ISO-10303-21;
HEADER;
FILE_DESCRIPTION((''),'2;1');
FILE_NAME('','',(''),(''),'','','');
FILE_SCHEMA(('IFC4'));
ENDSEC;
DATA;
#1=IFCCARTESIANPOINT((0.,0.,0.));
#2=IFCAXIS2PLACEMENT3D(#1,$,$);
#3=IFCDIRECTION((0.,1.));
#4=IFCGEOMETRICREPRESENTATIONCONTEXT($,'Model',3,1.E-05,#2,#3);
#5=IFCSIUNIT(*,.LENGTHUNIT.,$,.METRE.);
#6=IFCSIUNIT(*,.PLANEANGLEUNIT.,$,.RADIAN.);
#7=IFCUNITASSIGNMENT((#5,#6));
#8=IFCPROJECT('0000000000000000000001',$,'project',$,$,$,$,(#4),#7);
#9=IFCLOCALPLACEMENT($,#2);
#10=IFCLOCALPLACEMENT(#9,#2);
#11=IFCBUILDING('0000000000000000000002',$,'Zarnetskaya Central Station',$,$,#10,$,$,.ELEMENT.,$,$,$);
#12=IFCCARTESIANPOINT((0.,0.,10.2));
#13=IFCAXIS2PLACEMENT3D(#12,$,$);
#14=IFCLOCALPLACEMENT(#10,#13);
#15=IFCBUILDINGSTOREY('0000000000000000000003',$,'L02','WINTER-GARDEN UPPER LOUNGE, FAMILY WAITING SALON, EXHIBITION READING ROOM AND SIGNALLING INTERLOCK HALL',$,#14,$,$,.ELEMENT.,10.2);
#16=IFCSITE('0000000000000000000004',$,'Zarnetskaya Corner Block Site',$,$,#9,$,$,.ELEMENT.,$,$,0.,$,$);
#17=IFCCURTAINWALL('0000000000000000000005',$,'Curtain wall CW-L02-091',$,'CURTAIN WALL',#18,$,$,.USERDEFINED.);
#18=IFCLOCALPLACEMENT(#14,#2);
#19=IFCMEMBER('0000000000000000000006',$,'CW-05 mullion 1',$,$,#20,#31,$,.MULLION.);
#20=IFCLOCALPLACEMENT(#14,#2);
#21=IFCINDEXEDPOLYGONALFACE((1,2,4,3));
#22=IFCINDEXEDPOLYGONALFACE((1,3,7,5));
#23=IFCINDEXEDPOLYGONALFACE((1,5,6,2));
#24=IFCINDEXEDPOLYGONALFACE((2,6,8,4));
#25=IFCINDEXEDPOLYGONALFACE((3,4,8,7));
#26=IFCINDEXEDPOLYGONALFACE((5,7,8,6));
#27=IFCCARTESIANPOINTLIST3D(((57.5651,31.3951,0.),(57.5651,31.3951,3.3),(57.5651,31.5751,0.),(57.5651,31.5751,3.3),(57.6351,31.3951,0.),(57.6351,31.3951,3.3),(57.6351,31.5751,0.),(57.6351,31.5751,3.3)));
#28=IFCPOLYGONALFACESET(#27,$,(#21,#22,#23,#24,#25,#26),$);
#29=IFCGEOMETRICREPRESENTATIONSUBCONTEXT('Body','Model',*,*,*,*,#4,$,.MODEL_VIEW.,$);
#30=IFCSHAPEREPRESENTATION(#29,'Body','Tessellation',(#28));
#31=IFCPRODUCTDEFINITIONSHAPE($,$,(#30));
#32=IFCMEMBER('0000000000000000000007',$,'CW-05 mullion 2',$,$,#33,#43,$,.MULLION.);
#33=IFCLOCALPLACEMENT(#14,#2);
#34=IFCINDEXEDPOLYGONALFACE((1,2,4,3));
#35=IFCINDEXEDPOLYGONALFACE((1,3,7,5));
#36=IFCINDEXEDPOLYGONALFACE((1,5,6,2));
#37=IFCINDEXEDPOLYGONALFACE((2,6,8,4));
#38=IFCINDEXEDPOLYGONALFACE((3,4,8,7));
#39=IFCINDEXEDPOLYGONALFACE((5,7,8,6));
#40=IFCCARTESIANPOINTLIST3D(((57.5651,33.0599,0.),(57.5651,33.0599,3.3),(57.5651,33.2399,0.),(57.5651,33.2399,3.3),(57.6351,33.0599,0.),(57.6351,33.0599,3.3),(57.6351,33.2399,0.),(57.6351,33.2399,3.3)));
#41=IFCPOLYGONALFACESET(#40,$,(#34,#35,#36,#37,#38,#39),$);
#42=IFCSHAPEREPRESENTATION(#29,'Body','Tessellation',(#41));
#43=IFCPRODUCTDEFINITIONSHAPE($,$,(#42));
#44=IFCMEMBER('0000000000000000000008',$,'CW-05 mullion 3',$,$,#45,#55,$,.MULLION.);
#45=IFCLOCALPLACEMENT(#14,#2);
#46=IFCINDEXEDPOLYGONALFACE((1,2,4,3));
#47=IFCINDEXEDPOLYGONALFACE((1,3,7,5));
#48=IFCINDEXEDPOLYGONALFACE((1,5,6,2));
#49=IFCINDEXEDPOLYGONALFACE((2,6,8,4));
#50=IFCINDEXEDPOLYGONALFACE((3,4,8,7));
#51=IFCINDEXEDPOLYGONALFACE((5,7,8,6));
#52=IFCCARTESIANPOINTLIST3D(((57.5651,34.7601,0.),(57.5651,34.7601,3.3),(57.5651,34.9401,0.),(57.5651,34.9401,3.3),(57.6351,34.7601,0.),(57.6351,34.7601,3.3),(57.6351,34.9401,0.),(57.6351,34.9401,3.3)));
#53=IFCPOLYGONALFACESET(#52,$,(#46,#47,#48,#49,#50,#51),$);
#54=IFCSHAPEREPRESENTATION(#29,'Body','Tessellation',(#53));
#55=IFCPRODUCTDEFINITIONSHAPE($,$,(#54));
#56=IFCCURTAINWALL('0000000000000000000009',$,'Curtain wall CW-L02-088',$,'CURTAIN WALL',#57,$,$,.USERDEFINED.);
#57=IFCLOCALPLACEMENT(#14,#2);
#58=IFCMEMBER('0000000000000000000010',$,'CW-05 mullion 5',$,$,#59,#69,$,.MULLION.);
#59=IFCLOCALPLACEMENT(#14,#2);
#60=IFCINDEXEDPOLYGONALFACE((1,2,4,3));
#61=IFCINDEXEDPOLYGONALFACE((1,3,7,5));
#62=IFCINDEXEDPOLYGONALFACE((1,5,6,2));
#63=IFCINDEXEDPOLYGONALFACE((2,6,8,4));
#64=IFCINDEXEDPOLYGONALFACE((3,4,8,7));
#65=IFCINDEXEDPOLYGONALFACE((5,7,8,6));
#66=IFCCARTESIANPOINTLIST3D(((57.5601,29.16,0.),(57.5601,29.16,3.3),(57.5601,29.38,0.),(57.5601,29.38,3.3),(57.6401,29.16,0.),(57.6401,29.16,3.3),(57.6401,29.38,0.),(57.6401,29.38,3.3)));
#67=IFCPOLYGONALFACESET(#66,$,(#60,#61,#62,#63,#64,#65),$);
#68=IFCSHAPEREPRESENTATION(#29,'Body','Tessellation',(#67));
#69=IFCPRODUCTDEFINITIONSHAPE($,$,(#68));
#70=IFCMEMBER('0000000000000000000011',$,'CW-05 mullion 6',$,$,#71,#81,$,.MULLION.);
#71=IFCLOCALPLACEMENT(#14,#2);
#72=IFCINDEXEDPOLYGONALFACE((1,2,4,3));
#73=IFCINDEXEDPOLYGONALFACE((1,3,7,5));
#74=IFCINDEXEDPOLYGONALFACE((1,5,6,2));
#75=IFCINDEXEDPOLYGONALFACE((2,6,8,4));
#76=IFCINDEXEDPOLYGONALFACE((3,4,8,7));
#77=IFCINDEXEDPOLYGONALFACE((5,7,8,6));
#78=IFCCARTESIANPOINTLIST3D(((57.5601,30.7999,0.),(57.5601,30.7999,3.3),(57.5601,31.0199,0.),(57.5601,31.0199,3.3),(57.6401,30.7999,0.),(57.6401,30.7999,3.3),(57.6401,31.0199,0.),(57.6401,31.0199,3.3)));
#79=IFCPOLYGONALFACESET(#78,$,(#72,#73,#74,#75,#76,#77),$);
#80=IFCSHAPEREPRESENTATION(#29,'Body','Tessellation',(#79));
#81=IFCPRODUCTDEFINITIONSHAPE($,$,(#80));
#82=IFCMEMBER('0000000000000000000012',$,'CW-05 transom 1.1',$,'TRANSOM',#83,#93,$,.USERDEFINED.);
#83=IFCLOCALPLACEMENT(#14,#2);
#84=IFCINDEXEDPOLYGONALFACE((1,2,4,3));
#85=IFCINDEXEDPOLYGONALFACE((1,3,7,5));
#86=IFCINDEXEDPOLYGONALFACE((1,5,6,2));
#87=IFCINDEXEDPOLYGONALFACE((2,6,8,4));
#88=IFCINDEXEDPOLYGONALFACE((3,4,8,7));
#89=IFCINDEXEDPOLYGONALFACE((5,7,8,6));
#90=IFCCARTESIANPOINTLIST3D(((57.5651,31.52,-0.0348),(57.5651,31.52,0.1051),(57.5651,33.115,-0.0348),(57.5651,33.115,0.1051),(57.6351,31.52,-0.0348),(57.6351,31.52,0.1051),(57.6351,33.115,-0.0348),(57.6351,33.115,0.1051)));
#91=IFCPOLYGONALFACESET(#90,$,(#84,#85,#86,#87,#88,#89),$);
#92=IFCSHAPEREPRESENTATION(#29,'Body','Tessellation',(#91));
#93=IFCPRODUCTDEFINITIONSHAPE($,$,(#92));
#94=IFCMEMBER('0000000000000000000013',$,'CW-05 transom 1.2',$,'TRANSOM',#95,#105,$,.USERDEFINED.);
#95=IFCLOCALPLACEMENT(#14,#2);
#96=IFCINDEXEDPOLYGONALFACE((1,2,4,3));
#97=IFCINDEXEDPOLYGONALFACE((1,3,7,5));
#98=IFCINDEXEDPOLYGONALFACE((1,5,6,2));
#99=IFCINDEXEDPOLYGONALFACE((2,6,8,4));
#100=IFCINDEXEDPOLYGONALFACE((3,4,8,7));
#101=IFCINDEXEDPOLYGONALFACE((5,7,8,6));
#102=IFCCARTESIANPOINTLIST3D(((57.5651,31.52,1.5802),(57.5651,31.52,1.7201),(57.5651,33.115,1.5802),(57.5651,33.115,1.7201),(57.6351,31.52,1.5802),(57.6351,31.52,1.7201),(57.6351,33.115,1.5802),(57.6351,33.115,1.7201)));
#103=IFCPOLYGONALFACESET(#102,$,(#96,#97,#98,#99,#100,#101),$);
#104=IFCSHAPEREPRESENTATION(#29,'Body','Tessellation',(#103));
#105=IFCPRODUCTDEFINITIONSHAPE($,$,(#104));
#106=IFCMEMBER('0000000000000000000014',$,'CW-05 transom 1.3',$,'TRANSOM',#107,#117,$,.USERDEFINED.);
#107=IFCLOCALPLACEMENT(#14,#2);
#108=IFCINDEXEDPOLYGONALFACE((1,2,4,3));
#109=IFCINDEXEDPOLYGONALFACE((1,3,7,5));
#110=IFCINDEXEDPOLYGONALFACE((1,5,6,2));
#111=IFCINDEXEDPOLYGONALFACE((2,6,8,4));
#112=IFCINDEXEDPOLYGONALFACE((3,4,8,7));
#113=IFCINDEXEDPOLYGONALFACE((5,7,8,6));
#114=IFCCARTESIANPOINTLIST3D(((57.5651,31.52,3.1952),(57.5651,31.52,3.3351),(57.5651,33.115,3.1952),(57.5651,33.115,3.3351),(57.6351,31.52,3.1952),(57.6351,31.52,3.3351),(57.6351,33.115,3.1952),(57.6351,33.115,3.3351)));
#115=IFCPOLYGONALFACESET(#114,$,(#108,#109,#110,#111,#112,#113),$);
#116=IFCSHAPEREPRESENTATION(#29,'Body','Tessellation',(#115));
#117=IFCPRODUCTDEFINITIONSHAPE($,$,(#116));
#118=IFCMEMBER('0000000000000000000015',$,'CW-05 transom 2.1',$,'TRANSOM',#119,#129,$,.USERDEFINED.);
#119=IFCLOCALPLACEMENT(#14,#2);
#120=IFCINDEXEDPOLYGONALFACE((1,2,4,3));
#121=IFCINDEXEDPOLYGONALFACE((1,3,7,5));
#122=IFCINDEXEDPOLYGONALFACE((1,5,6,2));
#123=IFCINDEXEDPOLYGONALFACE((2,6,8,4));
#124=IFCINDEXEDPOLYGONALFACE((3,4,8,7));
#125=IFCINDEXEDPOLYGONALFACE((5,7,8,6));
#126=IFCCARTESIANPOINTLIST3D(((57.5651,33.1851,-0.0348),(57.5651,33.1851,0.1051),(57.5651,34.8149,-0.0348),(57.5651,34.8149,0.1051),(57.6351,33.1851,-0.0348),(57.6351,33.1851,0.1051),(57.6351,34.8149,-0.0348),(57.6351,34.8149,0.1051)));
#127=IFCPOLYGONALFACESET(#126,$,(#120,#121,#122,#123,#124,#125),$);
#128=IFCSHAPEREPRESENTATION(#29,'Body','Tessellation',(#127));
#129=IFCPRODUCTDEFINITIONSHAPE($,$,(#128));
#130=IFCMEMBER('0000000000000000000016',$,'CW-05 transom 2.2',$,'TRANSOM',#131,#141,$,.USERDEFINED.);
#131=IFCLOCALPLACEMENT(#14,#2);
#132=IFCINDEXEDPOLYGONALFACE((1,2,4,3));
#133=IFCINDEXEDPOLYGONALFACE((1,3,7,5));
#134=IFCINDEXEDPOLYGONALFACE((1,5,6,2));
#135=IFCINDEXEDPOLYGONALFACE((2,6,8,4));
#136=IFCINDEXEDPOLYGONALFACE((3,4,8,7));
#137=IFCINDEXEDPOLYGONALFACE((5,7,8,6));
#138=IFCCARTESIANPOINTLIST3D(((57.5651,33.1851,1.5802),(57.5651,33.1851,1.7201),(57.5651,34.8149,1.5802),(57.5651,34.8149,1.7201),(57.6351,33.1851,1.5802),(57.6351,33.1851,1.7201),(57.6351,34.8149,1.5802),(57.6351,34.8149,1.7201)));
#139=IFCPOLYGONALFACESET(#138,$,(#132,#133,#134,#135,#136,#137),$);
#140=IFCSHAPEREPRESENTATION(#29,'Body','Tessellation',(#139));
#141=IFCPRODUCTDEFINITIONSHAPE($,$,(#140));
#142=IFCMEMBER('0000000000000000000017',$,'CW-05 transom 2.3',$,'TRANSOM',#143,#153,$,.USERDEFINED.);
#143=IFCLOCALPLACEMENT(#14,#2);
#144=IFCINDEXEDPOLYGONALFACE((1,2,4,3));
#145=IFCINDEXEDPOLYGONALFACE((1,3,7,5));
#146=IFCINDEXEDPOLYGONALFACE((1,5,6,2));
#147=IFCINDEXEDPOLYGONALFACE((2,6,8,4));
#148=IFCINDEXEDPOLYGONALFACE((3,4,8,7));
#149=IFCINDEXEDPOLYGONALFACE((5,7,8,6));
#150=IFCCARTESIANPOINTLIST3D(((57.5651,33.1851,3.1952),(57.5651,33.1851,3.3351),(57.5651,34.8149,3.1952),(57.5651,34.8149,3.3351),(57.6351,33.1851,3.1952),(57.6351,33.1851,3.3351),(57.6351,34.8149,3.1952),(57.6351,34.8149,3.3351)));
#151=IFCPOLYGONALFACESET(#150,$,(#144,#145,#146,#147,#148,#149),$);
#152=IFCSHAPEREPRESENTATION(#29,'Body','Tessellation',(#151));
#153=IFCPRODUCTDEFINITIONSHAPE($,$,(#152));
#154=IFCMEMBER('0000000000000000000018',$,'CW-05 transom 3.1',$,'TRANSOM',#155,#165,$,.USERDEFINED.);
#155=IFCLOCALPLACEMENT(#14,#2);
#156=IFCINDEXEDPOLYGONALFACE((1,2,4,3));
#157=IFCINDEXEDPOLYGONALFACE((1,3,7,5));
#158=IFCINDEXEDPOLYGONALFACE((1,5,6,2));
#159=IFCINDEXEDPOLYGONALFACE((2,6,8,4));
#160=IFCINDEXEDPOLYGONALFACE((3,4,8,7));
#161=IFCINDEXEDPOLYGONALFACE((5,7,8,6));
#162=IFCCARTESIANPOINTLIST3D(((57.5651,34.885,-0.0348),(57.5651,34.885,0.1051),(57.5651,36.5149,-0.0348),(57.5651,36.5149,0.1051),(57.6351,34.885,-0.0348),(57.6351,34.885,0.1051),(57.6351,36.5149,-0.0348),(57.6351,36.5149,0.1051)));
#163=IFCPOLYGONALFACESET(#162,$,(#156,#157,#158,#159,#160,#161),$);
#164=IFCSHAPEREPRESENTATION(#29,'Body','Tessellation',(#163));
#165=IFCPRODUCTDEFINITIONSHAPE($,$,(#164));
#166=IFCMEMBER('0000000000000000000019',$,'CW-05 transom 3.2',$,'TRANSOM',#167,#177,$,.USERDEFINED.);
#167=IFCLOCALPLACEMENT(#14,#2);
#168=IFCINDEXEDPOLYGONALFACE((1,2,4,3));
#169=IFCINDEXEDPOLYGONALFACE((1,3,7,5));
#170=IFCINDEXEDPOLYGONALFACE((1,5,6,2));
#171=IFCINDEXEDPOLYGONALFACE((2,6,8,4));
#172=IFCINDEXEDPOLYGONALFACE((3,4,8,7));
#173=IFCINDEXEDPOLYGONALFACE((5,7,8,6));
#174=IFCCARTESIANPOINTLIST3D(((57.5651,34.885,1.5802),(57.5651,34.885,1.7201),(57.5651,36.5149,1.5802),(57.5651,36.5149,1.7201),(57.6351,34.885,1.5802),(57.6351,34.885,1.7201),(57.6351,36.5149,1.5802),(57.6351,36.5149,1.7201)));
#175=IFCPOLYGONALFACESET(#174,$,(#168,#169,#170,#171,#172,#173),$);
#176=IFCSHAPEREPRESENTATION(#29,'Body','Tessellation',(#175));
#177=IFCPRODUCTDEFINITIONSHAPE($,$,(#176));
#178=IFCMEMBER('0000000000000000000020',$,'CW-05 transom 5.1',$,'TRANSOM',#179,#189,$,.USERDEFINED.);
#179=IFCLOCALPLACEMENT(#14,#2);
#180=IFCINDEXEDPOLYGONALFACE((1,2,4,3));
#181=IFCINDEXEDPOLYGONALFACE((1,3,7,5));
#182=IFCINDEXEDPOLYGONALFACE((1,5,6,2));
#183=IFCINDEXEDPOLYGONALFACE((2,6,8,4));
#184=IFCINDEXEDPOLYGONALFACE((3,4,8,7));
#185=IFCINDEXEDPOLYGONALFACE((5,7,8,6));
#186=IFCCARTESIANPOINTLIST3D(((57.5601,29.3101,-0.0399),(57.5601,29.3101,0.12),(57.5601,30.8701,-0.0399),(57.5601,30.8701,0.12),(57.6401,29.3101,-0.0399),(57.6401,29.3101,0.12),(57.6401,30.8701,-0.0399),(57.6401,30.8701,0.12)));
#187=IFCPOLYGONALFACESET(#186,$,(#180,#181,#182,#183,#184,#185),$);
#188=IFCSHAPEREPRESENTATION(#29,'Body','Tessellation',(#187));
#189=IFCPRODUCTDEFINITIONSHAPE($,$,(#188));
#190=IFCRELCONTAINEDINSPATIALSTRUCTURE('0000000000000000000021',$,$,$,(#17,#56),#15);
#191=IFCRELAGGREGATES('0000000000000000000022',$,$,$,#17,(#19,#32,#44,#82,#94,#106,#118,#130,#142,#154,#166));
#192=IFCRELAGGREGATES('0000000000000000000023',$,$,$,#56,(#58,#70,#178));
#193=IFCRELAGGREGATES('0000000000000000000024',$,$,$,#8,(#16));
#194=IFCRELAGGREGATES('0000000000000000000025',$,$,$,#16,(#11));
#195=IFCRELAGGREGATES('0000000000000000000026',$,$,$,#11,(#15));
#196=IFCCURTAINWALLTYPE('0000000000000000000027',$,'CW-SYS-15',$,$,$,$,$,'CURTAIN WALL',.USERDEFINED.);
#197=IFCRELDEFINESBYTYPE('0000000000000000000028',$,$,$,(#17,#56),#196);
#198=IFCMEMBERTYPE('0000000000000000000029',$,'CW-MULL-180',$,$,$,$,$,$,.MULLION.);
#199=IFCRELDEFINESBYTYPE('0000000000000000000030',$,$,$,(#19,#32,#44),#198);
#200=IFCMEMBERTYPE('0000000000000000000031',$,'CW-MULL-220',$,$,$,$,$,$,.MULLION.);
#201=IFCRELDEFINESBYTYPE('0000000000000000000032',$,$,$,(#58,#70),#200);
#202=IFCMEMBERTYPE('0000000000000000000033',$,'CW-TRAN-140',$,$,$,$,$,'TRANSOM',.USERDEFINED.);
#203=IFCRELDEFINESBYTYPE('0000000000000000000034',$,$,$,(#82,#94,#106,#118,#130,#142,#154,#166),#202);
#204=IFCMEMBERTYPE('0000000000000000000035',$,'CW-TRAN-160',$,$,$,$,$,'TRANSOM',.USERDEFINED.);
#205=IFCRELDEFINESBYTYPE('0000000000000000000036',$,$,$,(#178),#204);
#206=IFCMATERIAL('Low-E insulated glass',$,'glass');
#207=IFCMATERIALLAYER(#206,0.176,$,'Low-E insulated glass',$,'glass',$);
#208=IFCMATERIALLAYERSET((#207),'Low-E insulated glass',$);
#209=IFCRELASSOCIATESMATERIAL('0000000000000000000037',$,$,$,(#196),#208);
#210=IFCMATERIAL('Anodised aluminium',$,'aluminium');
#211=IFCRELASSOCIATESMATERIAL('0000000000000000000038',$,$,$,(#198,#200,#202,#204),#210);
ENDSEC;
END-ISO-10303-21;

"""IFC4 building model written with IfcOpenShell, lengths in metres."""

from ifc_helpers import new_model, si_unit, direction, frame, origin, origin_2d, place, context, subcontext, project, spatial, rectangle, extrude, material, layer, layer_set, material_profile, profile_set, type_object, element, aggregate, save


model = new_model("IFC4")

# Units and contexts
model_context = context("Model", 3, precision=1e-05, world=origin(), true_north=direction((0.0, 1.0)))
body_context = subcontext(model_context, "Body", "Model", "MODEL_VIEW")
ifc_project = project(units=[si_unit("LENGTHUNIT", "METRE"), si_unit("PLANEANGLEUNIT", "RADIAN")], contexts=[model_context])

# Site, building, storey
site_placement = place(None, origin())
site = spatial("IfcSite", under=ifc_project, at=site_placement, Name="Zarnetskaya Corner Block Site", CompositionType="ELEMENT", RefElevation=0.0)
building_placement = place(site_placement, origin())
building = spatial("IfcBuilding", under=site, at=building_placement, Name="Zarnetskaya Central Station", CompositionType="ELEMENT")
storey_placement = place(building_placement, frame((0.0, 0.0, 10.2)))
storey = spatial("IfcBuildingStorey", under=building, at=storey_placement, Name="L02", Description="WINTER-GARDEN UPPER LOUNGE, FAMILY WAITING SALON, EXHIBITION READING ROOM AND SIGNALLING INTERLOCK HALL", CompositionType="ELEMENT", Elevation=10.2)

# Curtain walls, members
ifc_material_1 = material(Name="Low-E insulated glass", Category="glass")
ifc_layer_1 = layer(ifc_material_1, 0.176, Name="Low-E insulated glass", Category="glass")
ifc_layer_set_1 = layer_set([ifc_layer_1], Name="Low-E insulated glass")
curtain_wall_type = type_object("IfcCurtainWallType", Name="CW-SYS-15", ElementType="CURTAIN WALL", PredefinedType="USERDEFINED", material=ifc_layer_set_1)
curtain_wall_1_placement = place(storey_placement, origin())
curtain_wall_1 = element("IfcCurtainWall", 1, at=curtain_wall_1_placement, inside=storey, type_object=curtain_wall_type, Name="Curtain wall CW-L02-091", ObjectType="CURTAIN WALL", PredefinedType="USERDEFINED")
ifc_material_2 = material(Name="Anodised aluminium", Category="aluminium")
ifc_material_profile_1 = material_profile(ifc_material_2, rectangle(XDim=0.0701, YDim=0.1799, at=origin_2d()), Name="ALU MULL 70x180")
ifc_profile_set_1 = profile_set([ifc_material_profile_1], Name="Anodised aluminium")
member_type_1 = type_object("IfcMemberType", Name="CW-MULL-180", PredefinedType="MULLION", material=ifc_profile_set_1)
member_1_placement = place(storey_placement, frame((57.6001, 31.4851, 0.0), z_axis=(0.0, 0.0, 1.0), x_axis=(-1.0, 0.0, 0.0)))
member_1 = element("IfcMember", 2, at=member_1_placement, type_object=member_type_1, Name="CW-05 mullion 1", PredefinedType="MULLION", context=body_context, shape_type="SweptSolid", body=[
    extrude(rectangle(XDim=0.0701, YDim=0.1799, at=origin_2d()), origin(), (0.0, 0.0, 1.0), 3.3),
])
member_2_placement = place(storey_placement, frame((57.6001, 33.1499, 0.0), z_axis=(0.0, 0.0, 1.0), x_axis=(-1.0, 0.0, 0.0)))
member_2 = element("IfcMember", 3, at=member_2_placement, type_object=member_type_1, Name="CW-05 mullion 2", PredefinedType="MULLION", context=body_context, shape_type="SweptSolid", body=[
    extrude(rectangle(XDim=0.0701, YDim=0.1799, at=origin_2d()), origin(), (0.0, 0.0, 1.0), 3.3),
])
member_3_placement = place(storey_placement, frame((57.6001, 34.8501, 0.0), z_axis=(0.0, 0.0, 1.0), x_axis=(-1.0, 0.0, 0.0)))
member_3 = element("IfcMember", 4, at=member_3_placement, type_object=member_type_1, Name="CW-05 mullion 3", PredefinedType="MULLION", context=body_context, shape_type="SweptSolid", body=[
    extrude(rectangle(XDim=0.0701, YDim=0.1799, at=origin_2d()), origin(), (0.0, 0.0, 1.0), 3.3),
])
curtain_wall_2_placement = place(storey_placement, origin())
curtain_wall_2 = element("IfcCurtainWall", 5, at=curtain_wall_2_placement, inside=storey, type_object=curtain_wall_type, Name="Curtain wall CW-L02-088", ObjectType="CURTAIN WALL", PredefinedType="USERDEFINED")
ifc_material_profile_2 = material_profile(ifc_material_2, rectangle(XDim=0.0801, YDim=0.22, at=origin_2d()), Name="ALU MULL 80x220")
ifc_profile_set_2 = profile_set([ifc_material_profile_2], Name="Anodised aluminium")
member_type_2 = type_object("IfcMemberType", Name="CW-MULL-220", PredefinedType="MULLION", material=ifc_profile_set_2)
member_4_placement = place(storey_placement, frame((57.6001, 29.27, 0.0), z_axis=(0.0, 0.0, 1.0), x_axis=(-1.0, 0.0, 0.0)))
member_4 = element("IfcMember", 6, at=member_4_placement, type_object=member_type_2, Name="CW-05 mullion 5", PredefinedType="MULLION", context=body_context, shape_type="SweptSolid", body=[
    extrude(rectangle(XDim=0.0801, YDim=0.22, at=origin_2d()), origin(), (0.0, 0.0, 1.0), 3.3),
])
member_5_placement = place(storey_placement, frame((57.6001, 30.9099, 0.0), z_axis=(0.0, 0.0, 1.0), x_axis=(-1.0, 0.0, 0.0)))
member_5 = element("IfcMember", 7, at=member_5_placement, type_object=member_type_2, Name="CW-05 mullion 6", PredefinedType="MULLION", context=body_context, shape_type="SweptSolid", body=[
    extrude(rectangle(XDim=0.0801, YDim=0.22, at=origin_2d()), origin(), (0.0, 0.0, 1.0), 3.3),
])

# Members
ifc_material_profile_3 = material_profile(ifc_material_2, rectangle(XDim=0.0701, YDim=0.1399, at=origin_2d()), Name="ALU TRAN 70x140")
ifc_profile_set_3 = profile_set([ifc_material_profile_3], Name="Anodised aluminium")
member_type_3 = type_object("IfcMemberType", Name="CW-TRAN-140", ElementType="TRANSOM", PredefinedType="USERDEFINED", material=ifc_profile_set_3)
member_6_placement = place(storey_placement, frame((57.6001, 31.52, 0.0352), z_axis=(0.0, 1.0, 0.0), x_axis=(-1.0, 0.0, 0.0)))
member_6 = element("IfcMember", 8, at=member_6_placement, type_object=member_type_3, Name="CW-05 transom 1.1", ObjectType="TRANSOM", PredefinedType="USERDEFINED", context=body_context, shape_type="SweptSolid", body=[
    extrude(rectangle(XDim=0.0701, YDim=0.1399, at=origin_2d()), origin(), (0.0, 0.0, 1.0), 1.595),
])
member_7_placement = place(storey_placement, frame((57.6001, 31.52, 1.6501), z_axis=(0.0, 1.0, 0.0), x_axis=(-1.0, 0.0, 0.0)))
member_7 = element("IfcMember", 9, at=member_7_placement, type_object=member_type_3, Name="CW-05 transom 1.2", ObjectType="TRANSOM", PredefinedType="USERDEFINED", context=body_context, shape_type="SweptSolid", body=[
    extrude(rectangle(XDim=0.0701, YDim=0.1399, at=origin_2d()), origin(), (0.0, 0.0, 1.0), 1.595),
])
member_8_placement = place(storey_placement, frame((57.6001, 31.52, 3.2651), z_axis=(0.0, 1.0, 0.0), x_axis=(-1.0, 0.0, 0.0)))
member_8 = element("IfcMember", 10, at=member_8_placement, type_object=member_type_3, Name="CW-05 transom 1.3", ObjectType="TRANSOM", PredefinedType="USERDEFINED", context=body_context, shape_type="SweptSolid", body=[
    extrude(rectangle(XDim=0.0701, YDim=0.1399, at=origin_2d()), origin(), (0.0, 0.0, 1.0), 1.595),
])
member_9_placement = place(storey_placement, frame((57.6001, 33.1851, 0.0352), z_axis=(0.0, 1.0, 0.0), x_axis=(-1.0, 0.0, 0.0)))
member_9 = element("IfcMember", 11, at=member_9_placement, type_object=member_type_3, Name="CW-05 transom 2.1", ObjectType="TRANSOM", PredefinedType="USERDEFINED", context=body_context, shape_type="SweptSolid", body=[
    extrude(rectangle(XDim=0.0701, YDim=0.1399, at=origin_2d()), origin(), (0.0, 0.0, 1.0), 1.6299),
])
member_10_placement = place(storey_placement, frame((57.6001, 33.1851, 1.6501), z_axis=(0.0, 1.0, 0.0), x_axis=(-1.0, 0.0, 0.0)))
member_10 = element("IfcMember", 12, at=member_10_placement, type_object=member_type_3, Name="CW-05 transom 2.2", ObjectType="TRANSOM", PredefinedType="USERDEFINED", context=body_context, shape_type="SweptSolid", body=[
    extrude(rectangle(XDim=0.0701, YDim=0.1399, at=origin_2d()), origin(), (0.0, 0.0, 1.0), 1.6299),
])
member_11_placement = place(storey_placement, frame((57.6001, 33.1851, 3.2651), z_axis=(0.0, 1.0, 0.0), x_axis=(-1.0, 0.0, 0.0)))
member_11 = element("IfcMember", 13, at=member_11_placement, type_object=member_type_3, Name="CW-05 transom 2.3", ObjectType="TRANSOM", PredefinedType="USERDEFINED", context=body_context, shape_type="SweptSolid", body=[
    extrude(rectangle(XDim=0.0701, YDim=0.1399, at=origin_2d()), origin(), (0.0, 0.0, 1.0), 1.6299),
])
member_12_placement = place(storey_placement, frame((57.6001, 34.885, 0.0352), z_axis=(0.0, 1.0, 0.0), x_axis=(-1.0, 0.0, 0.0)))
member_12 = element("IfcMember", 14, at=member_12_placement, type_object=member_type_3, Name="CW-05 transom 3.1", ObjectType="TRANSOM", PredefinedType="USERDEFINED", context=body_context, shape_type="SweptSolid", body=[
    extrude(rectangle(XDim=0.0701, YDim=0.1399, at=origin_2d()), origin(), (0.0, 0.0, 1.0), 1.6299),
])
member_13_placement = place(storey_placement, frame((57.6001, 34.885, 1.6501), z_axis=(0.0, 1.0, 0.0), x_axis=(-1.0, 0.0, 0.0)))
member_13 = element("IfcMember", 15, at=member_13_placement, type_object=member_type_3, Name="CW-05 transom 3.2", ObjectType="TRANSOM", PredefinedType="USERDEFINED", context=body_context, shape_type="SweptSolid", body=[
    extrude(rectangle(XDim=0.0701, YDim=0.1399, at=origin_2d()), origin(), (0.0, 0.0, 1.0), 1.6299),
])
ifc_material_profile_4 = material_profile(ifc_material_2, rectangle(XDim=0.0801, YDim=0.1599, at=origin_2d()), Name="ALU TRAN 80x160")
ifc_profile_set_4 = profile_set([ifc_material_profile_4], Name="Anodised aluminium")
member_type_4 = type_object("IfcMemberType", Name="CW-TRAN-160", ElementType="TRANSOM", PredefinedType="USERDEFINED", material=ifc_profile_set_4)
member_14_placement = place(storey_placement, frame((57.6001, 29.3101, 0.04), z_axis=(0.0, 1.0, 0.0), x_axis=(-1.0, 0.0, 0.0)))
member_14 = element("IfcMember", 16, at=member_14_placement, type_object=member_type_4, Name="CW-05 transom 5.1", ObjectType="TRANSOM", PredefinedType="USERDEFINED", context=body_context, shape_type="SweptSolid", body=[
    extrude(rectangle(XDim=0.0801, YDim=0.1599, at=origin_2d()), origin(), (0.0, 0.0, 1.0), 1.5601),
])

aggregate(curtain_wall_1, [member_1, member_2, member_3, member_6, member_7, member_8, member_9, member_10, member_11, member_12, member_13])
aggregate(curtain_wall_2, [member_4, member_5, member_14])

save(model, "model.ifc")
